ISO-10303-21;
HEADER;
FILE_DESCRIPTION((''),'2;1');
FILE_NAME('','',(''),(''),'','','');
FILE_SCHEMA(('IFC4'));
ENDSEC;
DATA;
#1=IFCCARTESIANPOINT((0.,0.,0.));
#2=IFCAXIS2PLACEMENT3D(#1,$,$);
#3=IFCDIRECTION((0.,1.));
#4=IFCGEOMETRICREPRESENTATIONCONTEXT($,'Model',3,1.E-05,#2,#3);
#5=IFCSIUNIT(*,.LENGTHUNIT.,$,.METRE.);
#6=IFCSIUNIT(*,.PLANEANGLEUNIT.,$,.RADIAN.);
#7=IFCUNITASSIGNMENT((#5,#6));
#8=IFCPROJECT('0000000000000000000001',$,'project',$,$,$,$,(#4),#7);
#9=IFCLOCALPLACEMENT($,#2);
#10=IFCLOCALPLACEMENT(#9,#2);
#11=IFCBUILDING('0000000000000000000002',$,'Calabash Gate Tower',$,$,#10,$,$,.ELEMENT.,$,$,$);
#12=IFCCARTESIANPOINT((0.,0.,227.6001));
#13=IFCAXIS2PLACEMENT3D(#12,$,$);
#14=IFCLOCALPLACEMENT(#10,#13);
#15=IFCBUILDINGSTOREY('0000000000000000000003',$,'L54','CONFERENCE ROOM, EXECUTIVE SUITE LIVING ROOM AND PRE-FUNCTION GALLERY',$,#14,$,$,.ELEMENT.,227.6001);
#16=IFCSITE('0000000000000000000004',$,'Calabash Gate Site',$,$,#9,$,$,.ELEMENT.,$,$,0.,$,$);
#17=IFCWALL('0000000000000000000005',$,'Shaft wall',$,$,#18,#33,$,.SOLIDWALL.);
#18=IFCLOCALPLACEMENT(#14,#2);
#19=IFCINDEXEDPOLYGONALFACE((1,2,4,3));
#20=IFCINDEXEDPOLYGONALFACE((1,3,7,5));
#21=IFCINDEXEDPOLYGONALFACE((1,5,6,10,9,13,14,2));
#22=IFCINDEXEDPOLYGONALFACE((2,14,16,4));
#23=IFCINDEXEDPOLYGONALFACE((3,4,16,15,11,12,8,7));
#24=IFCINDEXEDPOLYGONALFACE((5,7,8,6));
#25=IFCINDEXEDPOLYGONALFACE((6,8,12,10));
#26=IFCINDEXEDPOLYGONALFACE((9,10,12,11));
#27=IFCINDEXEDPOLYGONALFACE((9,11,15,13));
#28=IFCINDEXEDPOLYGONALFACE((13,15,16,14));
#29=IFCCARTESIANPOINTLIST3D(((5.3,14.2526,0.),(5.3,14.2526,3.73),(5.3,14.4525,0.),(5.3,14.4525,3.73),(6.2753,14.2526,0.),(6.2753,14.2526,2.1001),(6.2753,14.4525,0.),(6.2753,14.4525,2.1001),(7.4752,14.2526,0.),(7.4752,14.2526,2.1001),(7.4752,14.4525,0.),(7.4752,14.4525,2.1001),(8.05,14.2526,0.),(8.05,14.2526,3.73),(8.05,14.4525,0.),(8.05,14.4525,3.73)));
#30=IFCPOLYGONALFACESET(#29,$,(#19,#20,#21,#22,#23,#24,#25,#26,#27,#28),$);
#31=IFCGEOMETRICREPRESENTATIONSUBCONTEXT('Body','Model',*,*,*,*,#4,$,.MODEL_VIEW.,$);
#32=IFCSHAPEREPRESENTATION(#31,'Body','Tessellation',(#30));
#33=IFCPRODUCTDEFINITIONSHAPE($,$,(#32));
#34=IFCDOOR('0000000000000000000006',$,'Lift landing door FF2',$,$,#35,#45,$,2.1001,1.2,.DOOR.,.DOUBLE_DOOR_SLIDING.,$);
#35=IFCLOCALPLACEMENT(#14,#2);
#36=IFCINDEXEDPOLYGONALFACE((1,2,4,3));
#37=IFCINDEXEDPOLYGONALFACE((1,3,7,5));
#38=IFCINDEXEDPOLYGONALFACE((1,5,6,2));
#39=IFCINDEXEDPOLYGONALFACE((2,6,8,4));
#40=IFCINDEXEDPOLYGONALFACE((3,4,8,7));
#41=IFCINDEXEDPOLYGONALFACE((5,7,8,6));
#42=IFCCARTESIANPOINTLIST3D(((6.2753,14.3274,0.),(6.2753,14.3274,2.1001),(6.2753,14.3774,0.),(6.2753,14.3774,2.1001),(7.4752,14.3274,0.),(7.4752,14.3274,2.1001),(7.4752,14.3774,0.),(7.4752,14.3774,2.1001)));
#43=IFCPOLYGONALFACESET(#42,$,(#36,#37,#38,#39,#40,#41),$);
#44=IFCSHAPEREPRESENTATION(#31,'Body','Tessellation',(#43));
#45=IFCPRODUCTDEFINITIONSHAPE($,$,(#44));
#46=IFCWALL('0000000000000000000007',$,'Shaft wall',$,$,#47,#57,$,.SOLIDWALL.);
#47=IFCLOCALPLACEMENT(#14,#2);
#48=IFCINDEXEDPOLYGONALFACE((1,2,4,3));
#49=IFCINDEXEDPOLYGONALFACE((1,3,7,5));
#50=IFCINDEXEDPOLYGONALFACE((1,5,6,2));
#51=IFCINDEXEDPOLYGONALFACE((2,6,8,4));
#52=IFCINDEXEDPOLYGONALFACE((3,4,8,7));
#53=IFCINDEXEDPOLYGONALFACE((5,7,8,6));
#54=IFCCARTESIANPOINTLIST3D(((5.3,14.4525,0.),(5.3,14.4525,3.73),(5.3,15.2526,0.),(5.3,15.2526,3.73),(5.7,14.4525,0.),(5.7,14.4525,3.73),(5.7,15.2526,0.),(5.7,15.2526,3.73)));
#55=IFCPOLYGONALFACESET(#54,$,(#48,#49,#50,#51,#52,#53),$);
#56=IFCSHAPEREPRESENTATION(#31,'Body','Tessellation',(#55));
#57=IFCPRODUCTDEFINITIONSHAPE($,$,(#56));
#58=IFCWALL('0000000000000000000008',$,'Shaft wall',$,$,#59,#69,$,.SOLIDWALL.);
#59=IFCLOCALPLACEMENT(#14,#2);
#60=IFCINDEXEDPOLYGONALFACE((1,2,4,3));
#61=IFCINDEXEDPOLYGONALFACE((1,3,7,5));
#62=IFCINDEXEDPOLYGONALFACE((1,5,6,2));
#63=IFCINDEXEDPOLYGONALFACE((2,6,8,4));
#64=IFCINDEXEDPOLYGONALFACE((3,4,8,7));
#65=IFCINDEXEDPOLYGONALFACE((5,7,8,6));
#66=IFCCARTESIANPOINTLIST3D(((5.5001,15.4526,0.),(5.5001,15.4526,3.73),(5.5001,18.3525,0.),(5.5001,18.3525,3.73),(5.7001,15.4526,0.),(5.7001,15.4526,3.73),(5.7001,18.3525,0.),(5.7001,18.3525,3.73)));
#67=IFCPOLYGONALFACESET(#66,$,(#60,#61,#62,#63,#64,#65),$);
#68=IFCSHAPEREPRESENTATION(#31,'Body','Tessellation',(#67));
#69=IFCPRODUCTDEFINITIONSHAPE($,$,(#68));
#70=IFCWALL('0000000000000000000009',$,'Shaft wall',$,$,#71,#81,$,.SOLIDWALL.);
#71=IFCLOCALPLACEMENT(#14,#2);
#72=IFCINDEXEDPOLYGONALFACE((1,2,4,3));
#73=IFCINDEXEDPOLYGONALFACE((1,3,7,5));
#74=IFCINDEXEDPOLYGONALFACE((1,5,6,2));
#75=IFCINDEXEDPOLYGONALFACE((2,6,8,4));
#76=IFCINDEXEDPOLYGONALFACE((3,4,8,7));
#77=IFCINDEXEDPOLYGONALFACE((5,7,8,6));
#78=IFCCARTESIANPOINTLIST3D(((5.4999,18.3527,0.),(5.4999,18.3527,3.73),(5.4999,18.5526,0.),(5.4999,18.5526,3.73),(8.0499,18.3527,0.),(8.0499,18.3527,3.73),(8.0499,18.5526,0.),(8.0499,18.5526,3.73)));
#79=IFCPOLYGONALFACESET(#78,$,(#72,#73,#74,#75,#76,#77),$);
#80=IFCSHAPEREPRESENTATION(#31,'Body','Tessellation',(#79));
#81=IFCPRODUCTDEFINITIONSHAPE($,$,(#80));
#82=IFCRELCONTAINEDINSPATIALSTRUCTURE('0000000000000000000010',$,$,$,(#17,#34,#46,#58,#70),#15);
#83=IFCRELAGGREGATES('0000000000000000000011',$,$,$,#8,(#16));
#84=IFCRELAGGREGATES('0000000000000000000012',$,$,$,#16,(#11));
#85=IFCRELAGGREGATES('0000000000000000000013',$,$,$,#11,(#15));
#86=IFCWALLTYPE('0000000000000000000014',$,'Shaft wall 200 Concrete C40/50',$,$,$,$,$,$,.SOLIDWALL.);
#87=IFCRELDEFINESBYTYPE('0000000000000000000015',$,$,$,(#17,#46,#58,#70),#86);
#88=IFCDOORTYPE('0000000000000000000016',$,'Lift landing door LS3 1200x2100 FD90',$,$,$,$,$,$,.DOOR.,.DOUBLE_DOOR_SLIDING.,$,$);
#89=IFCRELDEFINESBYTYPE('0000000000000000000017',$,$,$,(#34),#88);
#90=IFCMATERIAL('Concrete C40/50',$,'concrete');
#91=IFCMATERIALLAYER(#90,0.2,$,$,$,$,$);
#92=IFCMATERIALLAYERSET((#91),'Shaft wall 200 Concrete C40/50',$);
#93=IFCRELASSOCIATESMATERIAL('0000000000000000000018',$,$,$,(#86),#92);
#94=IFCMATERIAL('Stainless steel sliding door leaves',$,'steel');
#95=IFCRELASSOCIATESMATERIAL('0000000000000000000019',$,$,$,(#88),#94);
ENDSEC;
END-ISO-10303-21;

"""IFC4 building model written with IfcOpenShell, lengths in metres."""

from ifc_helpers import new_model, si_unit, direction, frame, frame_2d, origin, place, context, subcontext, project, spatial, rectangle, extrude, material, layer, layer_set, type_object, element, fill, save


model = new_model("IFC4")

# Units and contexts
model_context = context("Model", 3, precision=1e-05, world=origin(), true_north=direction((0.0, 1.0)))
body_context = subcontext(model_context, "Body", "Model", "MODEL_VIEW")
ifc_project = project(units=[si_unit("LENGTHUNIT", "METRE"), si_unit("PLANEANGLEUNIT", "RADIAN")], contexts=[model_context])

# Site, building, storey
site_placement = place(None, origin())
site = spatial("IfcSite", under=ifc_project, at=site_placement, Name="Calabash Gate Site", CompositionType="ELEMENT", RefElevation=0.0)
building_placement = place(site_placement, origin())
building = spatial("IfcBuilding", under=site, at=building_placement, Name="Calabash Gate Tower", CompositionType="ELEMENT")
storey_placement = place(building_placement, frame((0.0, 0.0, 227.6001)))
storey = spatial("IfcBuildingStorey", under=building, at=storey_placement, Name="L54", Description="CONFERENCE ROOM, EXECUTIVE SUITE LIVING ROOM AND PRE-FUNCTION GALLERY", CompositionType="ELEMENT", Elevation=227.6001)

# Shared definitions
ifc_material_1 = material(Name="Concrete C40/50", Category="concrete")
ifc_layer_1 = layer(ifc_material_1, 0.2)
ifc_layer_set_1 = layer_set([ifc_layer_1], Name="Shaft wall 200 Concrete C40/50")
wall_type_1 = type_object("IfcWallType", Name="Shaft wall 200 Concrete C40/50", PredefinedType="SOLIDWALL", material=ifc_layer_set_1)

# Wall, opening, door
wall_1_placement = place(storey_placement, frame((5.3, 14.3525, 0.0), z_axis=(0.0, 0.0, 1.0), x_axis=(1.0, 0.0, 0.0)))
wall_1 = element("IfcWall", 1, at=wall_1_placement, inside=storey, type_object=wall_type_1, Name="Shaft wall", PredefinedType="SOLIDWALL", context=body_context, shape_type="SweptSolid", body=[
    extrude(rectangle(XDim=2.75, YDim=0.2, at=frame_2d((1.375, 0.0))), origin(), (0.0, 0.0, 1.0), 3.73),
])
opening_1_placement = place(wall_1_placement, frame((0.9751, 0.0, 0.0)))
opening_1 = element("IfcOpeningElement", 2, at=opening_1_placement, cuts=wall_1, PredefinedType="OPENING", context=body_context, shape_type="SweptSolid", body=[
    extrude(rectangle(XDim=1.2, YDim=2.1001, at=frame_2d((0.6001, 1.05))), frame((0.0, 0.1099, 0.0), z_axis=(0.0, -1.0, 0.0), x_axis=(1.0, 0.0, 0.0)), (0.0, 0.0, 1.0), 0.22),
])
ifc_material_2 = material(Name="Stainless steel sliding door leaves", Category="steel")
door_type_1 = type_object("IfcDoorType", Name="Lift landing door LS3 1200x2100 FD90", OperationType="DOUBLE_DOOR_SLIDING", PredefinedType="DOOR", material=ifc_material_2)
door_1_placement = place(opening_1_placement, origin())
door_1 = element("IfcDoor", 3, at=door_1_placement, inside=storey, type_object=door_type_1, Name="Lift landing door FF2", OperationType="DOUBLE_DOOR_SLIDING", OverallHeight=2.1001, OverallWidth=1.2, PredefinedType="DOOR", context=body_context, shape_type="SweptSolid", body=[
    extrude(rectangle(XDim=1.2, YDim=2.1001, at=frame_2d((0.6001, 1.05))), frame((0.0, 0.0249, 0.0), z_axis=(0.0, -1.0, 0.0), x_axis=(1.0, 0.0, 0.0)), (0.0, 0.0, 1.0), 0.05),
])
fill(opening_1, door_1)

# Walls
wall_2_placement = place(storey_placement, frame((5.5, 14.4526, 0.0), z_axis=(0.0, 0.0, 1.0), x_axis=(0.0, 1.0, 0.0)))
element("IfcWall", 4, at=wall_2_placement, inside=storey, type_object=wall_type_1, Name="Shaft wall", PredefinedType="SOLIDWALL", context=body_context, shape_type="SweptSolid", body=[
    extrude(rectangle(XDim=0.8, YDim=0.3999, at=frame_2d((0.3999, 0.0))), origin(), (0.0, 0.0, 1.0), 3.73),
])
wall_3_placement = place(storey_placement, frame((5.6001, 15.4526, 0.0), z_axis=(0.0, 0.0, 1.0), x_axis=(0.0, 1.0, 0.0)))
element("IfcWall", 5, at=wall_3_placement, inside=storey, type_object=wall_type_1, Name="Shaft wall", PredefinedType="SOLIDWALL", context=body_context, shape_type="SweptSolid", body=[
    extrude(rectangle(XDim=2.8999, YDim=0.2, at=frame_2d((1.45, 0.0))), origin(), (0.0, 0.0, 1.0), 3.73),
])
wall_4_placement = place(storey_placement, frame((5.5, 18.4526, 0.0), z_axis=(0.0, 0.0, 1.0), x_axis=(1.0, 0.0, 0.0)))
element("IfcWall", 6, at=wall_4_placement, inside=storey, type_object=wall_type_1, Name="Shaft wall", PredefinedType="SOLIDWALL", context=body_context, shape_type="SweptSolid", body=[
    extrude(rectangle(XDim=2.55, YDim=0.2, at=frame_2d((1.2749, 0.0))), origin(), (0.0, 0.0, 1.0), 3.73),
])

save(model, "model.ifc")
